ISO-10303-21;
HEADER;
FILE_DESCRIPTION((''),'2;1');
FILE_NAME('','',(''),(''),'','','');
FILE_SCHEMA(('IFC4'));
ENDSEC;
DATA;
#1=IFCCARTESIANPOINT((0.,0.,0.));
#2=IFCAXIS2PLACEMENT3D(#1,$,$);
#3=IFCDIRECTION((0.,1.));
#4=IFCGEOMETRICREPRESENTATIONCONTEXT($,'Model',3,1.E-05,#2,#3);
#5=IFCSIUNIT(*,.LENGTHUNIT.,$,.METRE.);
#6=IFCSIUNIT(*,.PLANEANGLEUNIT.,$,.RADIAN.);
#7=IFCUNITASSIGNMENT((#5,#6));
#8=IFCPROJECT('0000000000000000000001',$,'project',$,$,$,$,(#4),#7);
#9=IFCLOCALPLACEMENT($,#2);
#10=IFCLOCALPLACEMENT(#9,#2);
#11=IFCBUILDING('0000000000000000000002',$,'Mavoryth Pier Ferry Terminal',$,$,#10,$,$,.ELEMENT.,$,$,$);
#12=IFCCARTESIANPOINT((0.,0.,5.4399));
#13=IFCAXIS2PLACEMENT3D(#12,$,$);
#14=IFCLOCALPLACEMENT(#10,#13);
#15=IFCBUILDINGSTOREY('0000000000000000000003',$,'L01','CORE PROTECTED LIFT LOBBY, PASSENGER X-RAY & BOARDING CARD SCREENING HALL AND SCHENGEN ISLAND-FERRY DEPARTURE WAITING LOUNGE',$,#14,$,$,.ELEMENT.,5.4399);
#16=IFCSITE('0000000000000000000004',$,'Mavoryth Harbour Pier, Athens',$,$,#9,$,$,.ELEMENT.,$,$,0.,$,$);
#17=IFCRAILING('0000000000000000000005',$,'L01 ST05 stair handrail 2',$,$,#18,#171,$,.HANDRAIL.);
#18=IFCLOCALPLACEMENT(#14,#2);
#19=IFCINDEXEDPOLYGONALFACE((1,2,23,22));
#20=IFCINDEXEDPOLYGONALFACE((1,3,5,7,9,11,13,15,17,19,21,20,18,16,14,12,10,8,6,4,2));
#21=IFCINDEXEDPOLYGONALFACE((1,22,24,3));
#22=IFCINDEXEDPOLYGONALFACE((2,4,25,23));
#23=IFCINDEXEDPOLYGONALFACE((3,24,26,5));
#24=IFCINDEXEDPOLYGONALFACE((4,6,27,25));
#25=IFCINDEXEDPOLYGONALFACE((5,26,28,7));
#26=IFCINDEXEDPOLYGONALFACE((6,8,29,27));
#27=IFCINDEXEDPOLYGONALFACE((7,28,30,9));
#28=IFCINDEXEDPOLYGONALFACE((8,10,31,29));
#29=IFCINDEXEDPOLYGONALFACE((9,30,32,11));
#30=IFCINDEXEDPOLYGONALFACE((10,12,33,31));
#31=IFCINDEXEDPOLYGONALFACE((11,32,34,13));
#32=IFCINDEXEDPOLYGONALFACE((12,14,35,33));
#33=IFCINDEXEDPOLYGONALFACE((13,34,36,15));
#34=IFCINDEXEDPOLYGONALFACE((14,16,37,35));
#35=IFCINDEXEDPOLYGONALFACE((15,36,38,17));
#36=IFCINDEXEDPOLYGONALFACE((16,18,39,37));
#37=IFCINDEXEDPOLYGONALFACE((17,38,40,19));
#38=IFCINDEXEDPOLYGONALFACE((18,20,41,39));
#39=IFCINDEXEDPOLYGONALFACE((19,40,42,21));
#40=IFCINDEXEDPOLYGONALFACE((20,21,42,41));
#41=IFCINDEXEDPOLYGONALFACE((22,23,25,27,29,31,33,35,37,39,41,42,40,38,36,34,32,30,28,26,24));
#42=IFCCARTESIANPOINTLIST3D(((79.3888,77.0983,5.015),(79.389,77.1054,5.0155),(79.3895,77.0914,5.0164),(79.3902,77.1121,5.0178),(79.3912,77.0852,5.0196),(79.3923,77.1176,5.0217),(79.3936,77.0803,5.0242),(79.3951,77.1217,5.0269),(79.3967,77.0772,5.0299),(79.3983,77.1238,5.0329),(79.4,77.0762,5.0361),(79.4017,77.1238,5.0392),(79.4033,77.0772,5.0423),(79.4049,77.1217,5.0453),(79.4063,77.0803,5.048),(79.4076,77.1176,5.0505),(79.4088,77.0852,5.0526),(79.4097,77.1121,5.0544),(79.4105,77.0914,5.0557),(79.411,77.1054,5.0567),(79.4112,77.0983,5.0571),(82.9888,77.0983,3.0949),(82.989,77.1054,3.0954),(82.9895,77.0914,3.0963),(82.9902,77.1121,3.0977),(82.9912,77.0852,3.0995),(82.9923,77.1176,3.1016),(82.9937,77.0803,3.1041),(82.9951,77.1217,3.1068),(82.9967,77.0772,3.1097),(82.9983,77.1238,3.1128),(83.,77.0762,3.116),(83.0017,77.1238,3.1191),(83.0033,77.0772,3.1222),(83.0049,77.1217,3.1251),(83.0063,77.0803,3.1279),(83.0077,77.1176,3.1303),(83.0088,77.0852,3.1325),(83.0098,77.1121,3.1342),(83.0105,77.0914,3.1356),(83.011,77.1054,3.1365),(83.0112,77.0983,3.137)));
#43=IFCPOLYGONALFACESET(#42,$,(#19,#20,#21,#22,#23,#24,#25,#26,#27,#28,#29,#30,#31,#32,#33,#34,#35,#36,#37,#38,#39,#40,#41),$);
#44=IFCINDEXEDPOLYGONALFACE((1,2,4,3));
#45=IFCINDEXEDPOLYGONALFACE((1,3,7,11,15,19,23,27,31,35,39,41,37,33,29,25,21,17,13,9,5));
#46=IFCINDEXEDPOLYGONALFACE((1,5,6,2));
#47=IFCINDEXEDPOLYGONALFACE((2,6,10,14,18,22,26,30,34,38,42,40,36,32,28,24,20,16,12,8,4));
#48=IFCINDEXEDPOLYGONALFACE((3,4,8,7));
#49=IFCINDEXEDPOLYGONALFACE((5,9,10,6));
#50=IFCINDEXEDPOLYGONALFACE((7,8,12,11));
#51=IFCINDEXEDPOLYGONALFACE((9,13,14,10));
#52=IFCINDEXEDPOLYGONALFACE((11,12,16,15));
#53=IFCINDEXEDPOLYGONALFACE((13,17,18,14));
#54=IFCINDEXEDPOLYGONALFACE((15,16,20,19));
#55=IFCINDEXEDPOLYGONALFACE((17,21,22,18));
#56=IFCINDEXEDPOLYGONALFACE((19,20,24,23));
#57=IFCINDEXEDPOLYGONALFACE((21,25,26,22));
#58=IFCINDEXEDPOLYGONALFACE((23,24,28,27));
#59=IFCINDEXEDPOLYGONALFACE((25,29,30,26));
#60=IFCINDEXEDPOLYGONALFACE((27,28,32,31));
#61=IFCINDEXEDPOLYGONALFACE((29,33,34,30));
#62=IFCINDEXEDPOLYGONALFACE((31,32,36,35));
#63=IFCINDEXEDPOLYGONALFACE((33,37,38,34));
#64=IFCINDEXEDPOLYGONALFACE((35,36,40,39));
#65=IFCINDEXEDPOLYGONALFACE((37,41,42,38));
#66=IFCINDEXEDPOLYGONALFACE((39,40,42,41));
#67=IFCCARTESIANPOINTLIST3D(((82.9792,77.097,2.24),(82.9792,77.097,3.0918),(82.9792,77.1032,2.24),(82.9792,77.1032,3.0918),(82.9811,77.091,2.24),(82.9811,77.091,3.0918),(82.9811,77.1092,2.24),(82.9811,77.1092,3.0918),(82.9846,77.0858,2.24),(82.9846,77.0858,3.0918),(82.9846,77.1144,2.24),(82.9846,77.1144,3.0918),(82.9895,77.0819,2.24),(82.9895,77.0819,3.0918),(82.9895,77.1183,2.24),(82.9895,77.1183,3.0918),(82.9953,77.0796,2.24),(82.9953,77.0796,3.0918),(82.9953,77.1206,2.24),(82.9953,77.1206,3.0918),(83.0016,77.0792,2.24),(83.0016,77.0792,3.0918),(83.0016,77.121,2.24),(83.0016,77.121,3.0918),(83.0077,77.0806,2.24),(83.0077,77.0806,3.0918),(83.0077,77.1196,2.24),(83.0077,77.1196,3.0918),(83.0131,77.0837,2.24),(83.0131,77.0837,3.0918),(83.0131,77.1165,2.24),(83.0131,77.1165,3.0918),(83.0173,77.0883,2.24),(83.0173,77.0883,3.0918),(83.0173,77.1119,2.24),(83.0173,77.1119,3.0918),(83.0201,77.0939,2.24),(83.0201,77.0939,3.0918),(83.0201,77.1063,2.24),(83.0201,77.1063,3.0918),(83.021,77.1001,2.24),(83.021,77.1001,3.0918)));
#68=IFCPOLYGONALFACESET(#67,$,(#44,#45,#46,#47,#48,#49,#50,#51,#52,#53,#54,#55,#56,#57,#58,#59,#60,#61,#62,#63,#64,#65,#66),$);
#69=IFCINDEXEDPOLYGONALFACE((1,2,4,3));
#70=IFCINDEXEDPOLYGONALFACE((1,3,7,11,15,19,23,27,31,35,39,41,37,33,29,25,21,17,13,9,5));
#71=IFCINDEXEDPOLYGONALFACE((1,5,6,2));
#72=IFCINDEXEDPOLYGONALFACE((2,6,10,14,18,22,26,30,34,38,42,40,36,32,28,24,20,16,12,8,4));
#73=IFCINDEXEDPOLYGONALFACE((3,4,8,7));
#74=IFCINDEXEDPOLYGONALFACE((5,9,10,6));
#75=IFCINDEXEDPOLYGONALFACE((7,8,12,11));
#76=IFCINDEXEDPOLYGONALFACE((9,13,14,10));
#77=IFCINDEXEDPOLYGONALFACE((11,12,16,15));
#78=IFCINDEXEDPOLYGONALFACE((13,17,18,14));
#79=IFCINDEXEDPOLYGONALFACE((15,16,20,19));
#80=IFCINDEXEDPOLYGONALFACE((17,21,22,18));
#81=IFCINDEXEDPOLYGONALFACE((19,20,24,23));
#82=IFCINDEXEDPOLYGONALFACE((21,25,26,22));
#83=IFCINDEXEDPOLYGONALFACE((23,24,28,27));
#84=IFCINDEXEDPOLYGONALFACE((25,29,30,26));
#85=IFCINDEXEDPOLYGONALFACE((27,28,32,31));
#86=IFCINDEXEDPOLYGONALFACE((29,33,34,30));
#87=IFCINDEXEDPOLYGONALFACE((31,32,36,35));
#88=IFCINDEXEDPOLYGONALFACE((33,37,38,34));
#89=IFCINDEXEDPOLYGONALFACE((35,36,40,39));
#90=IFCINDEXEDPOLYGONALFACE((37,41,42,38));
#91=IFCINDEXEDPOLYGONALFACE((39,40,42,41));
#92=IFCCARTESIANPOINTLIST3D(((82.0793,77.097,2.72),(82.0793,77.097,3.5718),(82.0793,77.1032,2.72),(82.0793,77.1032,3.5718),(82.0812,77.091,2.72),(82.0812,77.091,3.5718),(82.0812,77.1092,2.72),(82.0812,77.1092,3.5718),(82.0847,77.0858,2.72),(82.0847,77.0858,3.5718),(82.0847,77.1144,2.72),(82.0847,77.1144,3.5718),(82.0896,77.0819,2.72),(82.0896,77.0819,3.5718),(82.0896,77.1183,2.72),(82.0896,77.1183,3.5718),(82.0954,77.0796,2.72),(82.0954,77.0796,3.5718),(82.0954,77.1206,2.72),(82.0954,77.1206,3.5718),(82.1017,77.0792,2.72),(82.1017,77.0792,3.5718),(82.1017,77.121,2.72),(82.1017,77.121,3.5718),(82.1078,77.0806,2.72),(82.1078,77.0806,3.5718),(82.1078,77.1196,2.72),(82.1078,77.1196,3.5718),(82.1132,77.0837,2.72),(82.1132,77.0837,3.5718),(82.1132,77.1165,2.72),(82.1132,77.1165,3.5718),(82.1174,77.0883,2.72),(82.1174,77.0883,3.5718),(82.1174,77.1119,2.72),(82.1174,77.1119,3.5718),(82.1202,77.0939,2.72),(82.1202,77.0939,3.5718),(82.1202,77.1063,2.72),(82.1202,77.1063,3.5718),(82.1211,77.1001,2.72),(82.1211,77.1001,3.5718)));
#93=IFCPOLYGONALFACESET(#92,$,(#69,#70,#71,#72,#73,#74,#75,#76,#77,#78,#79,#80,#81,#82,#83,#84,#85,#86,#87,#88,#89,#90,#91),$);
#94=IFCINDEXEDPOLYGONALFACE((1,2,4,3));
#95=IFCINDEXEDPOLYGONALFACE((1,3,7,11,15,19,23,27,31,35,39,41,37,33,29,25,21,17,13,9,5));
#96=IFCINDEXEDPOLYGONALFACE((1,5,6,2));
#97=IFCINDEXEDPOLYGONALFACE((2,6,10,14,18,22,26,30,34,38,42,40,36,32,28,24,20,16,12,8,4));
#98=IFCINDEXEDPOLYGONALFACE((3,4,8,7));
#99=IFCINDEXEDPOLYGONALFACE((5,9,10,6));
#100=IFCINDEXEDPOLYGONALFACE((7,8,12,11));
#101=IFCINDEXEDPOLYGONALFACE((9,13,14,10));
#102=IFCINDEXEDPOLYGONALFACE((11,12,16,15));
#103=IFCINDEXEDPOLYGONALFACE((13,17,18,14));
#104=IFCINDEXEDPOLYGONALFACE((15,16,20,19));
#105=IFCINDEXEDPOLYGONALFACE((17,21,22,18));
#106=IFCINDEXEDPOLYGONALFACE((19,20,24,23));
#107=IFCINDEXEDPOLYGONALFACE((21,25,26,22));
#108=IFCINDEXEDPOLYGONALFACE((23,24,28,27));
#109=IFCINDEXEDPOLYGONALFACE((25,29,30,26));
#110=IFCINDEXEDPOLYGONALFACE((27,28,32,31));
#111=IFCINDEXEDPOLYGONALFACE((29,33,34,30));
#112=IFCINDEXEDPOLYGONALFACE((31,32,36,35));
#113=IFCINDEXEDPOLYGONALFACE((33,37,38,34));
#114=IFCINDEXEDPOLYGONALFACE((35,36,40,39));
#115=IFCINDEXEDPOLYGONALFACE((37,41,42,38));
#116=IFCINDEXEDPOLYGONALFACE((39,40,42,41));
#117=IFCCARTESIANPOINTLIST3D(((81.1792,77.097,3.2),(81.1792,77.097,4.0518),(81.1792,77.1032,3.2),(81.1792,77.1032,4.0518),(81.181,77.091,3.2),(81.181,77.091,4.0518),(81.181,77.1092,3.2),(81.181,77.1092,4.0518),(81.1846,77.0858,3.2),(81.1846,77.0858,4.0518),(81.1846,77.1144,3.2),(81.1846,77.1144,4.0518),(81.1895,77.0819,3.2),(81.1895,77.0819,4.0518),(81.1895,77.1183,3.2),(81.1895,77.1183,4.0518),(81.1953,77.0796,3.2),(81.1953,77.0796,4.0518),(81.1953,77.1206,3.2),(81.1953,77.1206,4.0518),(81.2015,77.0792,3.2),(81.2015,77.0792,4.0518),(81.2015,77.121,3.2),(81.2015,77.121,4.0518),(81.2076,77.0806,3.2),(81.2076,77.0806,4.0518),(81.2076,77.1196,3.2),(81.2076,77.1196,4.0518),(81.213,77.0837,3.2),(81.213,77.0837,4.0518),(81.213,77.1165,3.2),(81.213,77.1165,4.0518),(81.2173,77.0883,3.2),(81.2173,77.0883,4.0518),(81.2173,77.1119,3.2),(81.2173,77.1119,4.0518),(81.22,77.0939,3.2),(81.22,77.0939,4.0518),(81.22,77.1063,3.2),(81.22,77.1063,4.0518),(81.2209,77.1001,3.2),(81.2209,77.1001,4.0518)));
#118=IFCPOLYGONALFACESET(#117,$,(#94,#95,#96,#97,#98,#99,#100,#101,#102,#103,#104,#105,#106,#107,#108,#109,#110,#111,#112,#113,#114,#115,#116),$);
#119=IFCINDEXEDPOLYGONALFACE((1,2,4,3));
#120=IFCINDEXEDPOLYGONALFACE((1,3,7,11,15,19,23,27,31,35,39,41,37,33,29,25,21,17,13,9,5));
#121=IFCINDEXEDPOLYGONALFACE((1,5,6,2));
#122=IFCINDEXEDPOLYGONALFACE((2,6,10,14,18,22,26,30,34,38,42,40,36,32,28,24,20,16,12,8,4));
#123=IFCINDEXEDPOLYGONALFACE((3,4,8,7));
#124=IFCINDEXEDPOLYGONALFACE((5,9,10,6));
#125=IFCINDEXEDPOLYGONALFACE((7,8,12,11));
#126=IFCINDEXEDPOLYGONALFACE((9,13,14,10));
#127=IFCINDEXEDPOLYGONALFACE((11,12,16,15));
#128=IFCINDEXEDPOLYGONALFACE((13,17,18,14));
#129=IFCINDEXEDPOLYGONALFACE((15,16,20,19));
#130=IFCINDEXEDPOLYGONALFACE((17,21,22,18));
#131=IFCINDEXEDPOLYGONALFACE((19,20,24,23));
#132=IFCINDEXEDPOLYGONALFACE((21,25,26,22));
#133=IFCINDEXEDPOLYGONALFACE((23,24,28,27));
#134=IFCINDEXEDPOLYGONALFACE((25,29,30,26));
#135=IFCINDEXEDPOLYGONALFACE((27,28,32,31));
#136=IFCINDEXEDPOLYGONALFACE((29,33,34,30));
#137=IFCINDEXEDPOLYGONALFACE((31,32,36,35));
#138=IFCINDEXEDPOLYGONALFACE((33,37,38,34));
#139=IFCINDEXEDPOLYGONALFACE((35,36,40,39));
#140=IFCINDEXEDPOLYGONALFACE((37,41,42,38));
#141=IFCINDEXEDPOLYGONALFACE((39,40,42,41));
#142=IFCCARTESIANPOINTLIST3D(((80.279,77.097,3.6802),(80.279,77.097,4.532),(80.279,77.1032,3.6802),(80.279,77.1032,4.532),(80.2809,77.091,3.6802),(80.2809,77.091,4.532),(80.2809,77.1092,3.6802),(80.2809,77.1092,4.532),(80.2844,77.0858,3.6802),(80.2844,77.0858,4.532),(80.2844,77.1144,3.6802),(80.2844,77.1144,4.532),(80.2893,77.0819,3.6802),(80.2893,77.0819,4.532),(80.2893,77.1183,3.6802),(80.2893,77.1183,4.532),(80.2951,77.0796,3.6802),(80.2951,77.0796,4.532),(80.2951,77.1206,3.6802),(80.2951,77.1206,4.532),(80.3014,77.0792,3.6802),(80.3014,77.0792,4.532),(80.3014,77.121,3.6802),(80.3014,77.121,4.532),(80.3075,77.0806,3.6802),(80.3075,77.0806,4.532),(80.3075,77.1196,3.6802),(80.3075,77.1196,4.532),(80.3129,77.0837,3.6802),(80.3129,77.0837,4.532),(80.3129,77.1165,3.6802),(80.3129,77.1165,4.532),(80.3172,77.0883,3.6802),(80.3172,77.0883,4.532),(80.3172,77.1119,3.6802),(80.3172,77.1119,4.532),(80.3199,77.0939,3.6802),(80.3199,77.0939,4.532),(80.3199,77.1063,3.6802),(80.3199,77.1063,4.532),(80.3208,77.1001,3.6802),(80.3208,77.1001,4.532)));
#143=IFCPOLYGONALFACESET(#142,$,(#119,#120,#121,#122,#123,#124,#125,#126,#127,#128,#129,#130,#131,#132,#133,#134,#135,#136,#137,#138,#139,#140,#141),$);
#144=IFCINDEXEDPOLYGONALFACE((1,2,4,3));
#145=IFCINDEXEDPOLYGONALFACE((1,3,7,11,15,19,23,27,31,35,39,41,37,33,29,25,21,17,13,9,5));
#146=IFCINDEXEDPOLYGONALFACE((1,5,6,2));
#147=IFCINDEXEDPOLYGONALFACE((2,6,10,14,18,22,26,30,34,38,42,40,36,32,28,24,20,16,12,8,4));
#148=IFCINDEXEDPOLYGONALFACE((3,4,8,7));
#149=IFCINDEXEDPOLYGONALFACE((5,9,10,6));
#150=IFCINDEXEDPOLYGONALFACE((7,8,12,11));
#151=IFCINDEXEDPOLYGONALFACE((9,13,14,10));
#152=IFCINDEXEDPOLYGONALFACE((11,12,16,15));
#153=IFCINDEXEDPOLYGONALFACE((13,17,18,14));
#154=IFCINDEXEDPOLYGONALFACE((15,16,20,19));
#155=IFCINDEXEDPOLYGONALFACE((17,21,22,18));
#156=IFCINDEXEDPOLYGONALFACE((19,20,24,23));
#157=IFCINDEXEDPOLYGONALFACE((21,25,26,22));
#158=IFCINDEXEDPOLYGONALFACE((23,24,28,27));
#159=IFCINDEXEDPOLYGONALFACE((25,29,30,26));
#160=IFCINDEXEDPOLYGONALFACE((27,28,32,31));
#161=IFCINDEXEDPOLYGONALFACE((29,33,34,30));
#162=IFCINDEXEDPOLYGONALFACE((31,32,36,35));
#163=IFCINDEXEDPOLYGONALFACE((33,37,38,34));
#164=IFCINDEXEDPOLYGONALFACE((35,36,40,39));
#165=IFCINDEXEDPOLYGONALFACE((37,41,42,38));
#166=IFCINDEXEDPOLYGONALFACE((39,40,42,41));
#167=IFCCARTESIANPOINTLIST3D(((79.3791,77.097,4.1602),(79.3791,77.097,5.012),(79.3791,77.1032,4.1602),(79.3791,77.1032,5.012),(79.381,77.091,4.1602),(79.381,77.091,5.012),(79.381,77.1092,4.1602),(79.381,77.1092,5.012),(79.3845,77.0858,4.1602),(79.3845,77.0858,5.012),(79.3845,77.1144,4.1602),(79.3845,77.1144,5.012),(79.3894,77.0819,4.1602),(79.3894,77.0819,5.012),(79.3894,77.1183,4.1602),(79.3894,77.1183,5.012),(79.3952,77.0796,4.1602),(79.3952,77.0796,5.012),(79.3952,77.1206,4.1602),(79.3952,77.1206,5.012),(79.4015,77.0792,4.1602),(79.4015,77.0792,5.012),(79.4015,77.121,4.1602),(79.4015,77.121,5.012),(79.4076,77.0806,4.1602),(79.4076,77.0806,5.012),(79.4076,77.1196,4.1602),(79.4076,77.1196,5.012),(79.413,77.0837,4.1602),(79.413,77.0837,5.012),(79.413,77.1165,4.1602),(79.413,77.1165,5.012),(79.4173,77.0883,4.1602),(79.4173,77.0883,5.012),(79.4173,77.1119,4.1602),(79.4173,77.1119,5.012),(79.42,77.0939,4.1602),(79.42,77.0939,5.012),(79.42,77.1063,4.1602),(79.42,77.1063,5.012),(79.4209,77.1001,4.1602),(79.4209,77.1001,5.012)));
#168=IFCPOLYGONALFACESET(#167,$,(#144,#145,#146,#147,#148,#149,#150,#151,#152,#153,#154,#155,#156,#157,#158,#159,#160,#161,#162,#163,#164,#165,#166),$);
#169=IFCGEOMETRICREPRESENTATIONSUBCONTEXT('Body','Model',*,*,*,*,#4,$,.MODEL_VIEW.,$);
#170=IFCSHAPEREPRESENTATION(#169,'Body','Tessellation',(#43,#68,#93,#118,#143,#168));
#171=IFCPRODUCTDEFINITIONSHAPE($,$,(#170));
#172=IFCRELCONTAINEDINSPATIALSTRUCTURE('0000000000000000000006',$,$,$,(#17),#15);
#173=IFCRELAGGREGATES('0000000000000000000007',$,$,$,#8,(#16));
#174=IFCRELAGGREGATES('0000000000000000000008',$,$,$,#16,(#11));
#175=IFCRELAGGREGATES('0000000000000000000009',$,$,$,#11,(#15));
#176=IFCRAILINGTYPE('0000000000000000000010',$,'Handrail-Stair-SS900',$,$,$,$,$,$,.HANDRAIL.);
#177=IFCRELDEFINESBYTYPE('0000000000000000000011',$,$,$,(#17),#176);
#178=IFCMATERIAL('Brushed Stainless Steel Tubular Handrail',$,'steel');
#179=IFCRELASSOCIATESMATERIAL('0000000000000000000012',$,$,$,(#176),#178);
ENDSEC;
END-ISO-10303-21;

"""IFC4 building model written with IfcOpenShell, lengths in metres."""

from ifc_helpers import new_model, si_unit, direction, frame, origin, origin_2d, place, context, subcontext, project, spatial, circle, extrude, material, type_object, element, save


model = new_model("IFC4")

# Units and contexts
model_context = context("Model", 3, precision=1e-05, world=origin(), true_north=direction((0.0, 1.0)))
body_context = subcontext(model_context, "Body", "Model", "MODEL_VIEW")
ifc_project = project(units=[si_unit("LENGTHUNIT", "METRE"), si_unit("PLANEANGLEUNIT", "RADIAN")], contexts=[model_context])

# Site, building, storey
site_placement = place(None, origin())
site = spatial("IfcSite", under=ifc_project, at=site_placement, Name="Mavoryth Harbour Pier, Athens", CompositionType="ELEMENT", RefElevation=0.0)
building_placement = place(site_placement, origin())
building = spatial("IfcBuilding", under=site, at=building_placement, Name="Mavoryth Pier Ferry Terminal", CompositionType="ELEMENT")
storey_placement = place(building_placement, frame((0.0, 0.0, 5.4399)))
storey = spatial("IfcBuildingStorey", under=building, at=storey_placement, Name="L01", Description="CORE PROTECTED LIFT LOBBY, PASSENGER X-RAY & BOARDING CARD SCREENING HALL AND SCHENGEN ISLAND-FERRY DEPARTURE WAITING LOUNGE", CompositionType="ELEMENT", Elevation=5.4399)

# Railing
ifc_material_1 = material(Name="Brushed Stainless Steel Tubular Handrail", Category="steel")
railing_type_1 = type_object("IfcRailingType", Name="Handrail-Stair-SS900", PredefinedType="HANDRAIL", material=ifc_material_1)
railing_1_placement = place(storey_placement, frame((83.0, 77.1001, 2.24)))
element("IfcRailing", 1, at=railing_1_placement, inside=storey, type_object=railing_type_1, Name="L01 ST05 stair handrail 2", PredefinedType="HANDRAIL", context=body_context, shape_type="SweptSolid", body=[
    extrude(circle(Radius=0.0239, at=origin_2d()), frame((0.0, 0.0, 0.876), z_axis=(-0.882341, 0.0, 0.47061), x_axis=(0.0, -1.0, 0.0)), (0.0, 0.0, 1.0), 4.0801),
    extrude(circle(Radius=0.021, at=origin_2d()), origin(), (0.0, 0.0, 1.0), 0.8518),
    extrude(circle(Radius=0.021, at=origin_2d()), frame((-0.8999, 0.0, 0.48)), (0.0, 0.0, 1.0), 0.8518),
    extrude(circle(Radius=0.021, at=origin_2d()), frame((-1.8, 0.0, 0.96)), (0.0, 0.0, 1.0), 0.8518),
    extrude(circle(Radius=0.021, at=origin_2d()), frame((-2.7002, 0.0, 1.4402)), (0.0, 0.0, 1.0), 0.8518),
    extrude(circle(Radius=0.021, at=origin_2d()), frame((-3.6001, 0.0, 1.9202)), (0.0, 0.0, 1.0), 0.8518),
])

save(model, "model.ifc")
